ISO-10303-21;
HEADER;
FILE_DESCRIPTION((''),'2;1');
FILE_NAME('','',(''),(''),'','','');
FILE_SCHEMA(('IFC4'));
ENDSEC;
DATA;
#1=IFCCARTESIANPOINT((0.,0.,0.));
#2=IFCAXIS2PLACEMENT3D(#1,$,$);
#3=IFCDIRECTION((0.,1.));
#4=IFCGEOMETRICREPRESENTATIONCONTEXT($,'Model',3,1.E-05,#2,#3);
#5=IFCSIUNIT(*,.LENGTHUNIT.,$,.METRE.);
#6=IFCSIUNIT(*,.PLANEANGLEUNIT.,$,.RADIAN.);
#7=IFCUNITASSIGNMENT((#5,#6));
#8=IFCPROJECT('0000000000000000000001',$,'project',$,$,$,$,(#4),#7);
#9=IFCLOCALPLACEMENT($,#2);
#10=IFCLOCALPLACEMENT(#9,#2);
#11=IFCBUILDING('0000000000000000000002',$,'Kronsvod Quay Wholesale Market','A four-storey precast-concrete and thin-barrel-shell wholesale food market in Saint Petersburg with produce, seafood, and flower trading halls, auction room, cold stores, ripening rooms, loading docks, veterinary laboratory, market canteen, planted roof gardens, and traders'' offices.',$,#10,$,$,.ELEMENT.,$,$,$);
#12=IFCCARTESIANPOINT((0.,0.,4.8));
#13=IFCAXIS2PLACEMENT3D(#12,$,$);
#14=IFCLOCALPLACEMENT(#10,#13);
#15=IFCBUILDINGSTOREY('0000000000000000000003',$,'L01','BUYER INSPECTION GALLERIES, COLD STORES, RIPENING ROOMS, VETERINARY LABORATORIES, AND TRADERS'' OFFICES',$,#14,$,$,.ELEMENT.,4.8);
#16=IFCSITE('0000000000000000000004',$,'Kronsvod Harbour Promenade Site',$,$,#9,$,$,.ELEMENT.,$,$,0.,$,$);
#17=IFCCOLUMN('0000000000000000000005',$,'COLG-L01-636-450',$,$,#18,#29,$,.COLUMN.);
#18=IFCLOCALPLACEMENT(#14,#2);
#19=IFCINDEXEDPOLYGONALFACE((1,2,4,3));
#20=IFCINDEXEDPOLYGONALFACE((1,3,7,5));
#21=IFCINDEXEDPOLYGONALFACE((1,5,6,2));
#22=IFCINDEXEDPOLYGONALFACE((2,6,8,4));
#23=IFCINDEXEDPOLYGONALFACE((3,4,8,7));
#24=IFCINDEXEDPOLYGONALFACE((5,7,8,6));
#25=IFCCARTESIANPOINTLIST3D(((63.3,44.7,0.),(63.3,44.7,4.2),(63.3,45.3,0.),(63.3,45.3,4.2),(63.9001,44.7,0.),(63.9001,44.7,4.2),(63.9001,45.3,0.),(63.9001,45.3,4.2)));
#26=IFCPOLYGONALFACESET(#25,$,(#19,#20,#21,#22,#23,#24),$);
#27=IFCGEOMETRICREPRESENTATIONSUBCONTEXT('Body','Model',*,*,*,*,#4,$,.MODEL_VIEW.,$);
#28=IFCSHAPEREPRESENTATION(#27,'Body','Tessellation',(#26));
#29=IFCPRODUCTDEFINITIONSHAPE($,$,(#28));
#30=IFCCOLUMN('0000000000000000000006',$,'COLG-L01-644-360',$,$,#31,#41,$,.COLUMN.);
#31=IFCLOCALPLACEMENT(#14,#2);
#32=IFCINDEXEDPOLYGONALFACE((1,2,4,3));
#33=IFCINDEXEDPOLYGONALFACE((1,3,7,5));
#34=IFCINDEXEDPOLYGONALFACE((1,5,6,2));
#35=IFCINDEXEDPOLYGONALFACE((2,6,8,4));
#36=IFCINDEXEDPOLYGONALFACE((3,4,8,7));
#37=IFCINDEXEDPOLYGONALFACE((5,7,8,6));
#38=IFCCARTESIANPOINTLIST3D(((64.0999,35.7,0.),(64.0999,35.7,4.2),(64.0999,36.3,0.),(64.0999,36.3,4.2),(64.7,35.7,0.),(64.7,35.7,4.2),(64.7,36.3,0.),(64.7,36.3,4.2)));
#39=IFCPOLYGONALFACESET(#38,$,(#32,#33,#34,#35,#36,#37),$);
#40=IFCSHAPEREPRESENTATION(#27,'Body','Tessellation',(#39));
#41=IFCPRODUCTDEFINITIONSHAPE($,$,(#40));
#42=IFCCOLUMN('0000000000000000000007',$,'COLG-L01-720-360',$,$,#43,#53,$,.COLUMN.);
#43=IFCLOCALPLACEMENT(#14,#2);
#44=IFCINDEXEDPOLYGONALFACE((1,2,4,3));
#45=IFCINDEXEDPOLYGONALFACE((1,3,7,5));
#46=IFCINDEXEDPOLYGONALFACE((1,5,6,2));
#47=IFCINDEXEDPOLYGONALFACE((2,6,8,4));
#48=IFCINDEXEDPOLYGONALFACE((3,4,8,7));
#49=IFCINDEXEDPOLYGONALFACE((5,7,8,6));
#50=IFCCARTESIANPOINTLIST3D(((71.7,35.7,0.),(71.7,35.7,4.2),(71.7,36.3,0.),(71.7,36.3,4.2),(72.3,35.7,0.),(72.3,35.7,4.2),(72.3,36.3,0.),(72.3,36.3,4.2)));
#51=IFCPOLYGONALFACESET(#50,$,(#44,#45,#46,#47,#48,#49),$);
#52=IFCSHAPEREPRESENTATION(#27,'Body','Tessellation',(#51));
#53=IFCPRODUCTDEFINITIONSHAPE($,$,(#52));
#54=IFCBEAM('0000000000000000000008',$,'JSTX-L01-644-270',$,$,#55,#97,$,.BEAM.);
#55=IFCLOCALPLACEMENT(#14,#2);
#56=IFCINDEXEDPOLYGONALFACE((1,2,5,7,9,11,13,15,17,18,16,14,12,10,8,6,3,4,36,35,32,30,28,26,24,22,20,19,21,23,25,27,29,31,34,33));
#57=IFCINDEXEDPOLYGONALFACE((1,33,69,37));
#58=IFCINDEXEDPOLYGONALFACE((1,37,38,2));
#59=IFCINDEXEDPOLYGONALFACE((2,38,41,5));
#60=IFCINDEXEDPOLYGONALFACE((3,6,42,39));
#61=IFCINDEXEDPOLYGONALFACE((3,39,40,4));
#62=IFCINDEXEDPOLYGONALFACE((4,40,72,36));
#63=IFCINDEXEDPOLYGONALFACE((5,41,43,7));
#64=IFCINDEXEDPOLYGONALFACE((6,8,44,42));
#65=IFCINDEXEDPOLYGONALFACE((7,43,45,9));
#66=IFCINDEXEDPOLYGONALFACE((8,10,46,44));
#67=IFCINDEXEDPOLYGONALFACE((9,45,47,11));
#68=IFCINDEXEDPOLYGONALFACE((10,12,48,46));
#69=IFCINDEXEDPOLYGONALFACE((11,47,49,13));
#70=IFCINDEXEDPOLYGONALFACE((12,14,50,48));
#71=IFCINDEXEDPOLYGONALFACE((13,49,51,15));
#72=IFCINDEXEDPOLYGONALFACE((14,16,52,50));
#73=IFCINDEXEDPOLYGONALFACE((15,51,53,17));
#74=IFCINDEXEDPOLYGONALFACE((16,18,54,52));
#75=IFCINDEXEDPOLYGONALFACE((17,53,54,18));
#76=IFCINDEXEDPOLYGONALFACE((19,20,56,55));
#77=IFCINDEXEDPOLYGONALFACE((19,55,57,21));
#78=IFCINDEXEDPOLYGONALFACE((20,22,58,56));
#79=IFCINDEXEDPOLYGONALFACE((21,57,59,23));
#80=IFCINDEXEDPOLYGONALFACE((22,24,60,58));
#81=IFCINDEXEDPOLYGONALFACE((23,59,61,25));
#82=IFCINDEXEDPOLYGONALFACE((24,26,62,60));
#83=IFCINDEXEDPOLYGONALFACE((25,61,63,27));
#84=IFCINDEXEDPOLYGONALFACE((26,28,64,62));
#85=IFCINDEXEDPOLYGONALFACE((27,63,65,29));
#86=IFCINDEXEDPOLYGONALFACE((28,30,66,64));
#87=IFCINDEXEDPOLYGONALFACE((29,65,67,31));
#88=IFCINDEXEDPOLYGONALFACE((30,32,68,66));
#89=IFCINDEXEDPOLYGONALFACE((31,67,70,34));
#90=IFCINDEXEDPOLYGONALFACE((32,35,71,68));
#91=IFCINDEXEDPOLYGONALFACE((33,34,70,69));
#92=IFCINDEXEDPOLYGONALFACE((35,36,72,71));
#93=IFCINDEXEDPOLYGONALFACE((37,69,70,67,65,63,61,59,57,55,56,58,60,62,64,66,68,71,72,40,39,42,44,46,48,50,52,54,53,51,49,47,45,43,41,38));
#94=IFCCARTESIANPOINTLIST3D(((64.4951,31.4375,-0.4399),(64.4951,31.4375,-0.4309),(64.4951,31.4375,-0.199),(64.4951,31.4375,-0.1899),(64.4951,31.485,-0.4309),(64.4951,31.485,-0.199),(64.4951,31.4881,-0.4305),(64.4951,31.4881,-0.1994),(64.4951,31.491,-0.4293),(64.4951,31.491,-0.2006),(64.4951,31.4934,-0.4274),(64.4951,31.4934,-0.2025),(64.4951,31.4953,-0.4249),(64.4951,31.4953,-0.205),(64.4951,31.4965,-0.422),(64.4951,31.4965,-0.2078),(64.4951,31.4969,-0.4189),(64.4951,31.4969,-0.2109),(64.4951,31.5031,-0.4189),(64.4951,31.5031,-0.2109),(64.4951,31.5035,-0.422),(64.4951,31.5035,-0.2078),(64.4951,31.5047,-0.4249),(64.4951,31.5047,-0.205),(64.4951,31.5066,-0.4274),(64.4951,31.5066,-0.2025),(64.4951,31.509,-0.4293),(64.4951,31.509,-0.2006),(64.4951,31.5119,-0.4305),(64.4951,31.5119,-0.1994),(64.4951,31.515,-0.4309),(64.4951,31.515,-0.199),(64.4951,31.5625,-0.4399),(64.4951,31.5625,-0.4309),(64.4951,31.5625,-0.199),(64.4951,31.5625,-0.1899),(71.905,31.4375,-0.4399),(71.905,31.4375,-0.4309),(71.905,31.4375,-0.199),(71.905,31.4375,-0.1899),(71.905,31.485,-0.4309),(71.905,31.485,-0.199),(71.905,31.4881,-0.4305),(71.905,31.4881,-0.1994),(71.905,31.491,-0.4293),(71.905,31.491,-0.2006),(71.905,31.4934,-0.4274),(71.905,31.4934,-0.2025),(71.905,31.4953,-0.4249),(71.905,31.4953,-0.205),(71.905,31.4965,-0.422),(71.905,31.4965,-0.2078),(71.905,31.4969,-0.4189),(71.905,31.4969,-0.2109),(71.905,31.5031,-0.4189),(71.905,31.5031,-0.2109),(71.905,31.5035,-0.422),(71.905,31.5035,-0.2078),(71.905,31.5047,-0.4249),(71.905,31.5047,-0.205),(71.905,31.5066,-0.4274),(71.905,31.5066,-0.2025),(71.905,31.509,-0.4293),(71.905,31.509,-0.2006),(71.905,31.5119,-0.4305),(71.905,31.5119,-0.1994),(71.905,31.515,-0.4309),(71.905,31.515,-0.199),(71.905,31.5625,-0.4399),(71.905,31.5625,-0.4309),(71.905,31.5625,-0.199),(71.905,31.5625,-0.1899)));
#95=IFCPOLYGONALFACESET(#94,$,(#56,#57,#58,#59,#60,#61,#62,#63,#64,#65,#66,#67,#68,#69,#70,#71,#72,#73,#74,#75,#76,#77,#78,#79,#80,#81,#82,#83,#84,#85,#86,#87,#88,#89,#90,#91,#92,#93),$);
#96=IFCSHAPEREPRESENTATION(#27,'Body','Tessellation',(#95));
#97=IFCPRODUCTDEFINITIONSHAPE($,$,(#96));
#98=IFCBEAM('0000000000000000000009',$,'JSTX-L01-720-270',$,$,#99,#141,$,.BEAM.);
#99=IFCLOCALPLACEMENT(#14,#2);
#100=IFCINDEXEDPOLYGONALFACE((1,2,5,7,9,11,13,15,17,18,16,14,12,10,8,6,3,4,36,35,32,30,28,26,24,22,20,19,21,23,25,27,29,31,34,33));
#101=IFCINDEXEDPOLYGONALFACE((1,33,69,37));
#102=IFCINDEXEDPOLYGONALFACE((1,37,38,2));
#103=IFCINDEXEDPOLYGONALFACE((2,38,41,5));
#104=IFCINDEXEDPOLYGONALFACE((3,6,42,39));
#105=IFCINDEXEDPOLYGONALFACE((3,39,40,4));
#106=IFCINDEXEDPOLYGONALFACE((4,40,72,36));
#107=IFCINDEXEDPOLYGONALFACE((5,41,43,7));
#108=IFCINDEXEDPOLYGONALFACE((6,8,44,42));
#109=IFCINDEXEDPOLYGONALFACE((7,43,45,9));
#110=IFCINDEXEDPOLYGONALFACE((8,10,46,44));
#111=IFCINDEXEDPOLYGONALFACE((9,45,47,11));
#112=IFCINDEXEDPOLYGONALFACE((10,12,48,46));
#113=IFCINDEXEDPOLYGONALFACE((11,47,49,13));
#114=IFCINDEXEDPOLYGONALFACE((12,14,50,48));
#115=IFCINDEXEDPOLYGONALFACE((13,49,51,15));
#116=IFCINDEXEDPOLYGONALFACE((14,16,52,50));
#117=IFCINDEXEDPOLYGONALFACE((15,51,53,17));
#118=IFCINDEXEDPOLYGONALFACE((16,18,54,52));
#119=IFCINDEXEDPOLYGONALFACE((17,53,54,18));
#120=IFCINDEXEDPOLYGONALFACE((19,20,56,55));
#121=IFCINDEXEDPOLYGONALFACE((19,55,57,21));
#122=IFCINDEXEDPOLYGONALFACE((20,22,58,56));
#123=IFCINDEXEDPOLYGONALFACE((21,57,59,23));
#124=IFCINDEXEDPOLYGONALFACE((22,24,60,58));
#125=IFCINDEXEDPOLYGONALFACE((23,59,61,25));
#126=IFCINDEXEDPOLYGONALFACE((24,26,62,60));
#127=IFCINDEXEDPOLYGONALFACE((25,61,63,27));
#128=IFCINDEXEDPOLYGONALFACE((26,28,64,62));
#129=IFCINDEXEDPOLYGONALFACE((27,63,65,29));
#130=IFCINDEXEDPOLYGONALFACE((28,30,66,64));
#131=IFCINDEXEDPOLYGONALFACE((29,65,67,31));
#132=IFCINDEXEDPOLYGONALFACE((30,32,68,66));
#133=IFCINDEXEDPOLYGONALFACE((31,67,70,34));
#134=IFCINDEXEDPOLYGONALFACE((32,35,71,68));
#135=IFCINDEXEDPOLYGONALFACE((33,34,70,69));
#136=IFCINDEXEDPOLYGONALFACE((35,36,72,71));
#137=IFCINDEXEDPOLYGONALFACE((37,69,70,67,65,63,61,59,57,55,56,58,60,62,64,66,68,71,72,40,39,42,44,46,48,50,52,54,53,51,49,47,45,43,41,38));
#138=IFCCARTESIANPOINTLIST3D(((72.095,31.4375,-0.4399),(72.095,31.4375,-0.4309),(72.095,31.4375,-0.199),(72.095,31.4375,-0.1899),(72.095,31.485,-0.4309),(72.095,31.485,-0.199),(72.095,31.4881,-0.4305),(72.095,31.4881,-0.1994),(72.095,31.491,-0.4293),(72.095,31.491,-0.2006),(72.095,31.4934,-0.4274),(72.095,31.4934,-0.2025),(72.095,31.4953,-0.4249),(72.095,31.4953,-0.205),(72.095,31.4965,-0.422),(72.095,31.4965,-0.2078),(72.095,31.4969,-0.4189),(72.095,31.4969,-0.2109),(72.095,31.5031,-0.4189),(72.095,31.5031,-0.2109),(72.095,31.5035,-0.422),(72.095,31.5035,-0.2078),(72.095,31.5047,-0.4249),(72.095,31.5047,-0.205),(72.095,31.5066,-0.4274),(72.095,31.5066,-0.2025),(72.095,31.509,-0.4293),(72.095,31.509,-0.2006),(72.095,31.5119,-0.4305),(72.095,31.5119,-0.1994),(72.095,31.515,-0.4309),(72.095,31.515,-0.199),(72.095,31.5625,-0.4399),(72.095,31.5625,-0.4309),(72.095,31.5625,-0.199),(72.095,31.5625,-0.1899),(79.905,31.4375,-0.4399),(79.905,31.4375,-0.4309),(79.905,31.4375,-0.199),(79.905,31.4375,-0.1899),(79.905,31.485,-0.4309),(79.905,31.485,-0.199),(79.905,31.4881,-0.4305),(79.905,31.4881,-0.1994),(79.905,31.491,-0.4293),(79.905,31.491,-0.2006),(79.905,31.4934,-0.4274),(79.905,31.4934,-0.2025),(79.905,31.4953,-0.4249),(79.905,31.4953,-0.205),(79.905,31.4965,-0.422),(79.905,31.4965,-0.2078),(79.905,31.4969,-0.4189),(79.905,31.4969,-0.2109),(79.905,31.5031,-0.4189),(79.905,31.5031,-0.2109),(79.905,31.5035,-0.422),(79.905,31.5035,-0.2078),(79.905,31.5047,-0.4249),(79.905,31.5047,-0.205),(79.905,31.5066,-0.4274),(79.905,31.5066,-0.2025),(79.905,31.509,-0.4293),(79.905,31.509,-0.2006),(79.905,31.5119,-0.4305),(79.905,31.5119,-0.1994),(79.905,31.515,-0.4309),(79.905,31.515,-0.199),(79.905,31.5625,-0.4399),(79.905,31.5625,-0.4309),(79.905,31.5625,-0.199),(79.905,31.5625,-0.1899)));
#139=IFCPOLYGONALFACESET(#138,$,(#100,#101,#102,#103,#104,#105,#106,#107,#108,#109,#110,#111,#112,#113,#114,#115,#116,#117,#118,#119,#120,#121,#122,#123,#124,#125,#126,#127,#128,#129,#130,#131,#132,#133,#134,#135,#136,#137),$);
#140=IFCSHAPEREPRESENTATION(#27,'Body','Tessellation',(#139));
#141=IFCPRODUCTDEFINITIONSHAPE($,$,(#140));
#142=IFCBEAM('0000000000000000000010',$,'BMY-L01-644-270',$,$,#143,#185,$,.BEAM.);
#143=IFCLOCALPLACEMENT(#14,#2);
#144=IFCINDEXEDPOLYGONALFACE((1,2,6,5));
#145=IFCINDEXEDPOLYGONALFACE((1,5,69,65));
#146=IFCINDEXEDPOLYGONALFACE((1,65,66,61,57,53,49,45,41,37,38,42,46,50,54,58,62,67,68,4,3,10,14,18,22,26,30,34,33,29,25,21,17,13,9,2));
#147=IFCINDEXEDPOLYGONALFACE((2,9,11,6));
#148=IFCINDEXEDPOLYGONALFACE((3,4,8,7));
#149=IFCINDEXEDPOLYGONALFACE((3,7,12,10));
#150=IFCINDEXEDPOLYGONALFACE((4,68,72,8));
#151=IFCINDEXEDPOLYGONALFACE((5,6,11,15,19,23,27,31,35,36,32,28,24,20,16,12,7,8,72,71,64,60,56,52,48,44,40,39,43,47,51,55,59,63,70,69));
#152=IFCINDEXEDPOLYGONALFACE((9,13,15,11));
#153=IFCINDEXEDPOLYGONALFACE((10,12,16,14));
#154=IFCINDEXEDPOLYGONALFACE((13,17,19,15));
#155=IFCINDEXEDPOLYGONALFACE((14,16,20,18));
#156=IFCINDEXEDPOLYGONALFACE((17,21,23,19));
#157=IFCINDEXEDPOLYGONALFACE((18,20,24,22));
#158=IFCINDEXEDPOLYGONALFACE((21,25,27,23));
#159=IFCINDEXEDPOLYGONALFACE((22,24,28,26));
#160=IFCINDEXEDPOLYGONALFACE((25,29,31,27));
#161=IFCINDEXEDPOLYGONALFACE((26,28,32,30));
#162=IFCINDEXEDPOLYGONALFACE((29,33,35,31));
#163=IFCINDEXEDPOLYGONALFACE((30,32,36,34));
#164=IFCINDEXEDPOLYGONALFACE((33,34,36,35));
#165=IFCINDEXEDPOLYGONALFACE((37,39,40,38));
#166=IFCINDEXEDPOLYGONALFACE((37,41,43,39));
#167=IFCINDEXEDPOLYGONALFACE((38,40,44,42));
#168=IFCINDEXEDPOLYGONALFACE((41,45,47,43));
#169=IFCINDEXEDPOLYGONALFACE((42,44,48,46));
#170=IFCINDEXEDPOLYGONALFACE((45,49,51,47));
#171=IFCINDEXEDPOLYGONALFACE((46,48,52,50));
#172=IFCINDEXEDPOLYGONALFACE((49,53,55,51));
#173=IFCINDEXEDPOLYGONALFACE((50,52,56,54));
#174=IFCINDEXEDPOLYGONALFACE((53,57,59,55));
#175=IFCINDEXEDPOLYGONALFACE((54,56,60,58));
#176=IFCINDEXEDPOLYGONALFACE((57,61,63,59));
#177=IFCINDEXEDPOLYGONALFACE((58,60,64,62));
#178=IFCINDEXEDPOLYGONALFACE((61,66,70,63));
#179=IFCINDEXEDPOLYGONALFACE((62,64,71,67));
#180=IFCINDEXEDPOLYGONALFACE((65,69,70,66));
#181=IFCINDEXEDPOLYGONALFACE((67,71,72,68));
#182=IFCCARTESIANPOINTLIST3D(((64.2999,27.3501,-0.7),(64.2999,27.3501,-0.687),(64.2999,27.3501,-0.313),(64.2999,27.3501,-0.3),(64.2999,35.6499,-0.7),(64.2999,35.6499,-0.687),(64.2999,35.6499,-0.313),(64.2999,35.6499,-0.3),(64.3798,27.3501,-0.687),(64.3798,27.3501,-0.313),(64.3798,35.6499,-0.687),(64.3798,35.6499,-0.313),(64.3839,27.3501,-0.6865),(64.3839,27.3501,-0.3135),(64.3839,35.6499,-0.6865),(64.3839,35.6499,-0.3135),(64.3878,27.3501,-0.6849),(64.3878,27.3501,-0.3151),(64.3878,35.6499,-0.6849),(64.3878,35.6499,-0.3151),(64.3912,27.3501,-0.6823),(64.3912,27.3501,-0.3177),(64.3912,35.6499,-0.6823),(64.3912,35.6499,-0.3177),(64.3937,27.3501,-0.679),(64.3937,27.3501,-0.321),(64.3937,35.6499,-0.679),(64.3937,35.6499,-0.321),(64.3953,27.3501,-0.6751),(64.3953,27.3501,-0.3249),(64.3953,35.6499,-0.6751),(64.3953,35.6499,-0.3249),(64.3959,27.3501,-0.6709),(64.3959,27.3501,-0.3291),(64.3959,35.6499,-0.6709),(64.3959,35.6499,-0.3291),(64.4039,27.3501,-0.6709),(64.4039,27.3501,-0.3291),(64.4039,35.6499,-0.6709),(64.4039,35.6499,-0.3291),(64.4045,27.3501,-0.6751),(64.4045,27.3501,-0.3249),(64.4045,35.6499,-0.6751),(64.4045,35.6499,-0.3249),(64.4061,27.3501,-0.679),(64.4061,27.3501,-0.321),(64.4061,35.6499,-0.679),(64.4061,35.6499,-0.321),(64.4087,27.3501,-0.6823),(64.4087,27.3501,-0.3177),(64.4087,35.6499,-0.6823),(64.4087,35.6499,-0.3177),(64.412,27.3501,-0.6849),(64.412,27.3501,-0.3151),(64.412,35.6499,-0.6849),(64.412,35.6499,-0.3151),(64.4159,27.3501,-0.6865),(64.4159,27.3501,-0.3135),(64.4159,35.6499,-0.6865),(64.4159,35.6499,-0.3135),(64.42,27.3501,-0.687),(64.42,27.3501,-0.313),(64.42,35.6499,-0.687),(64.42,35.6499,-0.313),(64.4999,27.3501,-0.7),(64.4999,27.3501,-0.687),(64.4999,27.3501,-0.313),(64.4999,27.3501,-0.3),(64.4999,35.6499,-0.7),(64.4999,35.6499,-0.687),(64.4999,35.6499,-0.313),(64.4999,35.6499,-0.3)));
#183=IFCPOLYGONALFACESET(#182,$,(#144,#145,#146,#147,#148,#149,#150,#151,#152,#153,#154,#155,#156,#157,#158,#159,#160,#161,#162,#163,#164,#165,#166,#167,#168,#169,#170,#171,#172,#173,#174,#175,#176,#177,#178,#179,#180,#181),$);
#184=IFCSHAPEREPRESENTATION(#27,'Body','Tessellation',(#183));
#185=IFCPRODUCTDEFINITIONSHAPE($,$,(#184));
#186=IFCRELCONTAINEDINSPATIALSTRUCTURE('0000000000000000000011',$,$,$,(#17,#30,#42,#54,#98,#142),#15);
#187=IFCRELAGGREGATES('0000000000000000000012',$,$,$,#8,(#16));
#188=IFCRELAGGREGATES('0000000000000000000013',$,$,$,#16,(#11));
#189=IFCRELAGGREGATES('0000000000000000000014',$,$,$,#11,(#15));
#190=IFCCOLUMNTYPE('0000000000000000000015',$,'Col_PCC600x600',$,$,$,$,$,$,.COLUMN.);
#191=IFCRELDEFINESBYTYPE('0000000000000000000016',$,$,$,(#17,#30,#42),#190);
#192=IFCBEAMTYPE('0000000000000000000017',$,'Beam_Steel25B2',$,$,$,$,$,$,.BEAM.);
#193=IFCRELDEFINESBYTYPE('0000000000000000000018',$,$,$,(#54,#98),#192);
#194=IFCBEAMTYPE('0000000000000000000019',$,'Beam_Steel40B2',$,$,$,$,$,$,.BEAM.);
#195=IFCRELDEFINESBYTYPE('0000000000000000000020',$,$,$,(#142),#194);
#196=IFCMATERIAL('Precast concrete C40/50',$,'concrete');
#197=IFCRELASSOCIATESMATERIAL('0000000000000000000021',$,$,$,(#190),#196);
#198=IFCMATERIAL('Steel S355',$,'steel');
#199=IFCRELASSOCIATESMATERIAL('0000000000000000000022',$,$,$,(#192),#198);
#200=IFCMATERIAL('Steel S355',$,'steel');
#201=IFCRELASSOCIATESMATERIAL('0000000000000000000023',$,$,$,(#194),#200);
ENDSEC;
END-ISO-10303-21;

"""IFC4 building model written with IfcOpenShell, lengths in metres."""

from ifc_helpers import new_model, si_unit, direction, frame, origin, origin_2d, place, context, subcontext, project, spatial, rectangle, i_section, extrude, material, material_profile, profile_set, type_object, element, save


model = new_model("IFC4")

# Units and contexts
model_context = context("Model", 3, precision=1e-05, world=origin(), true_north=direction((0.0, 1.0)))
body_context = subcontext(model_context, "Body", "Model", "MODEL_VIEW")
ifc_project = project(units=[si_unit("LENGTHUNIT", "METRE"), si_unit("PLANEANGLEUNIT", "RADIAN")], contexts=[model_context])

# Site, building, storey
site_placement = place(None, origin())
site = spatial("IfcSite", under=ifc_project, at=site_placement, Name="Kronsvod Harbour Promenade Site", CompositionType="ELEMENT", RefElevation=0.0)
building_placement = place(site_placement, origin())
building = spatial("IfcBuilding", under=site, at=building_placement, Name="Kronsvod Quay Wholesale Market", Description="A four-storey precast-concrete and thin-barrel-shell wholesale food market in Saint Petersburg with produce, seafood, and flower trading halls, auction room, cold stores, ripening rooms, loading docks, veterinary laboratory, market canteen, planted roof gardens, and traders' offices.", CompositionType="ELEMENT")
storey_placement = place(building_placement, frame((0.0, 0.0, 4.8)))
storey = spatial("IfcBuildingStorey", under=building, at=storey_placement, Name="L01", Description="BUYER INSPECTION GALLERIES, COLD STORES, RIPENING ROOMS, VETERINARY LABORATORIES, AND TRADERS' OFFICES", CompositionType="ELEMENT", Elevation=4.8)

# Columns
ifc_material_1 = material(Name="Precast concrete C40/50", Category="concrete")
ifc_material_profile_1 = material_profile(ifc_material_1, rectangle(XDim=0.6001, YDim=0.6001, at=origin_2d()), Name="PCC600x600")
ifc_profile_set_1 = profile_set([ifc_material_profile_1], Name="Precast concrete C40/50")
column_type = type_object("IfcColumnType", Name="Col_PCC600x600", PredefinedType="COLUMN", material=ifc_profile_set_1)
for number, where, z_axis, x_axis, name in (
    (1, (63.6001, 45.0, 0.0), (0.0, 0.0, 1.0), (1.0, 0.0, 0.0), "COLG-L01-636-450"),
    (2, (64.3999, 36.0, 0.0), (0.0, 0.0, 1.0), (1.0, 0.0, 0.0), "COLG-L01-644-360"),
    (3, (72.0, 36.0, 0.0), (0.0, 0.0, 1.0), (1.0, 0.0, 0.0), "COLG-L01-720-360"),
):
    element("IfcColumn", number, at=place(storey_placement, frame(where, z_axis=z_axis, x_axis=x_axis)), inside=storey, type_object=column_type, Name=name, PredefinedType="COLUMN", context=body_context, shape_type="SweptSolid", body=[
        extrude(rectangle(XDim=0.6001, YDim=0.6001, at=origin_2d()), origin(), (0.0, 0.0, 1.0), 4.2),
    ])

# Beams
ifc_material_2 = material(Name="Steel S355", Category="steel")
ifc_material_profile_2 = material_profile(ifc_material_2, i_section(OverallWidth=0.125, OverallDepth=0.25, WebThickness=0.0061, FlangeThickness=0.009, FilletRadius=0.012, at=origin_2d()), Name="25B2")
ifc_profile_set_2 = profile_set([ifc_material_profile_2], Name="Steel S355")
beam_type_1 = type_object("IfcBeamType", Name="Beam_Steel25B2", PredefinedType="BEAM", material=ifc_profile_set_2)
beam_1_placement = place(storey_placement, frame((64.4951, 31.5, -0.3149), z_axis=(1.0, 0.0, 0.0), x_axis=(0.0, 1.0, 0.0)))
element("IfcBeam", 4, at=beam_1_placement, inside=storey, type_object=beam_type_1, Name="JSTX-L01-644-270", PredefinedType="BEAM", context=body_context, shape_type="SweptSolid", body=[
    extrude(i_section(OverallWidth=0.125, OverallDepth=0.25, WebThickness=0.0061, FlangeThickness=0.009, FilletRadius=0.012, at=origin_2d()), origin(), (0.0, 0.0, 1.0), 7.4099),
])
beam_2_placement = place(storey_placement, frame((72.095, 31.5, -0.3149), z_axis=(1.0, 0.0, 0.0), x_axis=(0.0, 1.0, 0.0)))
element("IfcBeam", 5, at=beam_2_placement, inside=storey, type_object=beam_type_1, Name="JSTX-L01-720-270", PredefinedType="BEAM", context=body_context, shape_type="SweptSolid", body=[
    extrude(i_section(OverallWidth=0.125, OverallDepth=0.25, WebThickness=0.0061, FlangeThickness=0.009, FilletRadius=0.012, at=origin_2d()), origin(), (0.0, 0.0, 1.0), 7.8101),
])
ifc_material_3 = material(Name="Steel S355", Category="steel")
ifc_material_profile_3 = material_profile(ifc_material_3, i_section(OverallWidth=0.2, OverallDepth=0.3999, WebThickness=0.0081, FlangeThickness=0.0129, FilletRadius=0.0161, at=origin_2d()), Name="40B2")
ifc_profile_set_3 = profile_set([ifc_material_profile_3], Name="Steel S355")
beam_type_2 = type_object("IfcBeamType", Name="Beam_Steel40B2", PredefinedType="BEAM", material=ifc_profile_set_3)
for number, where, z_axis, x_axis, name in (
    (6, (64.3999, 27.3501, -0.5), (0.0, 1.0, 0.0), (-1.0, 0.0, 0.0), "BMY-L01-644-270"),
):
    element("IfcBeam", number, at=place(storey_placement, frame(where, z_axis=z_axis, x_axis=x_axis)), inside=storey, type_object=beam_type_2, Name=name, PredefinedType="BEAM", context=body_context, shape_type="SweptSolid", body=[
        extrude(i_section(OverallWidth=0.2, OverallDepth=0.3999, WebThickness=0.0081, FlangeThickness=0.0129, FilletRadius=0.0161, at=origin_2d()), origin(), (0.0, 0.0, 1.0), 8.2998),
    ])

save(model, "model.ifc")
